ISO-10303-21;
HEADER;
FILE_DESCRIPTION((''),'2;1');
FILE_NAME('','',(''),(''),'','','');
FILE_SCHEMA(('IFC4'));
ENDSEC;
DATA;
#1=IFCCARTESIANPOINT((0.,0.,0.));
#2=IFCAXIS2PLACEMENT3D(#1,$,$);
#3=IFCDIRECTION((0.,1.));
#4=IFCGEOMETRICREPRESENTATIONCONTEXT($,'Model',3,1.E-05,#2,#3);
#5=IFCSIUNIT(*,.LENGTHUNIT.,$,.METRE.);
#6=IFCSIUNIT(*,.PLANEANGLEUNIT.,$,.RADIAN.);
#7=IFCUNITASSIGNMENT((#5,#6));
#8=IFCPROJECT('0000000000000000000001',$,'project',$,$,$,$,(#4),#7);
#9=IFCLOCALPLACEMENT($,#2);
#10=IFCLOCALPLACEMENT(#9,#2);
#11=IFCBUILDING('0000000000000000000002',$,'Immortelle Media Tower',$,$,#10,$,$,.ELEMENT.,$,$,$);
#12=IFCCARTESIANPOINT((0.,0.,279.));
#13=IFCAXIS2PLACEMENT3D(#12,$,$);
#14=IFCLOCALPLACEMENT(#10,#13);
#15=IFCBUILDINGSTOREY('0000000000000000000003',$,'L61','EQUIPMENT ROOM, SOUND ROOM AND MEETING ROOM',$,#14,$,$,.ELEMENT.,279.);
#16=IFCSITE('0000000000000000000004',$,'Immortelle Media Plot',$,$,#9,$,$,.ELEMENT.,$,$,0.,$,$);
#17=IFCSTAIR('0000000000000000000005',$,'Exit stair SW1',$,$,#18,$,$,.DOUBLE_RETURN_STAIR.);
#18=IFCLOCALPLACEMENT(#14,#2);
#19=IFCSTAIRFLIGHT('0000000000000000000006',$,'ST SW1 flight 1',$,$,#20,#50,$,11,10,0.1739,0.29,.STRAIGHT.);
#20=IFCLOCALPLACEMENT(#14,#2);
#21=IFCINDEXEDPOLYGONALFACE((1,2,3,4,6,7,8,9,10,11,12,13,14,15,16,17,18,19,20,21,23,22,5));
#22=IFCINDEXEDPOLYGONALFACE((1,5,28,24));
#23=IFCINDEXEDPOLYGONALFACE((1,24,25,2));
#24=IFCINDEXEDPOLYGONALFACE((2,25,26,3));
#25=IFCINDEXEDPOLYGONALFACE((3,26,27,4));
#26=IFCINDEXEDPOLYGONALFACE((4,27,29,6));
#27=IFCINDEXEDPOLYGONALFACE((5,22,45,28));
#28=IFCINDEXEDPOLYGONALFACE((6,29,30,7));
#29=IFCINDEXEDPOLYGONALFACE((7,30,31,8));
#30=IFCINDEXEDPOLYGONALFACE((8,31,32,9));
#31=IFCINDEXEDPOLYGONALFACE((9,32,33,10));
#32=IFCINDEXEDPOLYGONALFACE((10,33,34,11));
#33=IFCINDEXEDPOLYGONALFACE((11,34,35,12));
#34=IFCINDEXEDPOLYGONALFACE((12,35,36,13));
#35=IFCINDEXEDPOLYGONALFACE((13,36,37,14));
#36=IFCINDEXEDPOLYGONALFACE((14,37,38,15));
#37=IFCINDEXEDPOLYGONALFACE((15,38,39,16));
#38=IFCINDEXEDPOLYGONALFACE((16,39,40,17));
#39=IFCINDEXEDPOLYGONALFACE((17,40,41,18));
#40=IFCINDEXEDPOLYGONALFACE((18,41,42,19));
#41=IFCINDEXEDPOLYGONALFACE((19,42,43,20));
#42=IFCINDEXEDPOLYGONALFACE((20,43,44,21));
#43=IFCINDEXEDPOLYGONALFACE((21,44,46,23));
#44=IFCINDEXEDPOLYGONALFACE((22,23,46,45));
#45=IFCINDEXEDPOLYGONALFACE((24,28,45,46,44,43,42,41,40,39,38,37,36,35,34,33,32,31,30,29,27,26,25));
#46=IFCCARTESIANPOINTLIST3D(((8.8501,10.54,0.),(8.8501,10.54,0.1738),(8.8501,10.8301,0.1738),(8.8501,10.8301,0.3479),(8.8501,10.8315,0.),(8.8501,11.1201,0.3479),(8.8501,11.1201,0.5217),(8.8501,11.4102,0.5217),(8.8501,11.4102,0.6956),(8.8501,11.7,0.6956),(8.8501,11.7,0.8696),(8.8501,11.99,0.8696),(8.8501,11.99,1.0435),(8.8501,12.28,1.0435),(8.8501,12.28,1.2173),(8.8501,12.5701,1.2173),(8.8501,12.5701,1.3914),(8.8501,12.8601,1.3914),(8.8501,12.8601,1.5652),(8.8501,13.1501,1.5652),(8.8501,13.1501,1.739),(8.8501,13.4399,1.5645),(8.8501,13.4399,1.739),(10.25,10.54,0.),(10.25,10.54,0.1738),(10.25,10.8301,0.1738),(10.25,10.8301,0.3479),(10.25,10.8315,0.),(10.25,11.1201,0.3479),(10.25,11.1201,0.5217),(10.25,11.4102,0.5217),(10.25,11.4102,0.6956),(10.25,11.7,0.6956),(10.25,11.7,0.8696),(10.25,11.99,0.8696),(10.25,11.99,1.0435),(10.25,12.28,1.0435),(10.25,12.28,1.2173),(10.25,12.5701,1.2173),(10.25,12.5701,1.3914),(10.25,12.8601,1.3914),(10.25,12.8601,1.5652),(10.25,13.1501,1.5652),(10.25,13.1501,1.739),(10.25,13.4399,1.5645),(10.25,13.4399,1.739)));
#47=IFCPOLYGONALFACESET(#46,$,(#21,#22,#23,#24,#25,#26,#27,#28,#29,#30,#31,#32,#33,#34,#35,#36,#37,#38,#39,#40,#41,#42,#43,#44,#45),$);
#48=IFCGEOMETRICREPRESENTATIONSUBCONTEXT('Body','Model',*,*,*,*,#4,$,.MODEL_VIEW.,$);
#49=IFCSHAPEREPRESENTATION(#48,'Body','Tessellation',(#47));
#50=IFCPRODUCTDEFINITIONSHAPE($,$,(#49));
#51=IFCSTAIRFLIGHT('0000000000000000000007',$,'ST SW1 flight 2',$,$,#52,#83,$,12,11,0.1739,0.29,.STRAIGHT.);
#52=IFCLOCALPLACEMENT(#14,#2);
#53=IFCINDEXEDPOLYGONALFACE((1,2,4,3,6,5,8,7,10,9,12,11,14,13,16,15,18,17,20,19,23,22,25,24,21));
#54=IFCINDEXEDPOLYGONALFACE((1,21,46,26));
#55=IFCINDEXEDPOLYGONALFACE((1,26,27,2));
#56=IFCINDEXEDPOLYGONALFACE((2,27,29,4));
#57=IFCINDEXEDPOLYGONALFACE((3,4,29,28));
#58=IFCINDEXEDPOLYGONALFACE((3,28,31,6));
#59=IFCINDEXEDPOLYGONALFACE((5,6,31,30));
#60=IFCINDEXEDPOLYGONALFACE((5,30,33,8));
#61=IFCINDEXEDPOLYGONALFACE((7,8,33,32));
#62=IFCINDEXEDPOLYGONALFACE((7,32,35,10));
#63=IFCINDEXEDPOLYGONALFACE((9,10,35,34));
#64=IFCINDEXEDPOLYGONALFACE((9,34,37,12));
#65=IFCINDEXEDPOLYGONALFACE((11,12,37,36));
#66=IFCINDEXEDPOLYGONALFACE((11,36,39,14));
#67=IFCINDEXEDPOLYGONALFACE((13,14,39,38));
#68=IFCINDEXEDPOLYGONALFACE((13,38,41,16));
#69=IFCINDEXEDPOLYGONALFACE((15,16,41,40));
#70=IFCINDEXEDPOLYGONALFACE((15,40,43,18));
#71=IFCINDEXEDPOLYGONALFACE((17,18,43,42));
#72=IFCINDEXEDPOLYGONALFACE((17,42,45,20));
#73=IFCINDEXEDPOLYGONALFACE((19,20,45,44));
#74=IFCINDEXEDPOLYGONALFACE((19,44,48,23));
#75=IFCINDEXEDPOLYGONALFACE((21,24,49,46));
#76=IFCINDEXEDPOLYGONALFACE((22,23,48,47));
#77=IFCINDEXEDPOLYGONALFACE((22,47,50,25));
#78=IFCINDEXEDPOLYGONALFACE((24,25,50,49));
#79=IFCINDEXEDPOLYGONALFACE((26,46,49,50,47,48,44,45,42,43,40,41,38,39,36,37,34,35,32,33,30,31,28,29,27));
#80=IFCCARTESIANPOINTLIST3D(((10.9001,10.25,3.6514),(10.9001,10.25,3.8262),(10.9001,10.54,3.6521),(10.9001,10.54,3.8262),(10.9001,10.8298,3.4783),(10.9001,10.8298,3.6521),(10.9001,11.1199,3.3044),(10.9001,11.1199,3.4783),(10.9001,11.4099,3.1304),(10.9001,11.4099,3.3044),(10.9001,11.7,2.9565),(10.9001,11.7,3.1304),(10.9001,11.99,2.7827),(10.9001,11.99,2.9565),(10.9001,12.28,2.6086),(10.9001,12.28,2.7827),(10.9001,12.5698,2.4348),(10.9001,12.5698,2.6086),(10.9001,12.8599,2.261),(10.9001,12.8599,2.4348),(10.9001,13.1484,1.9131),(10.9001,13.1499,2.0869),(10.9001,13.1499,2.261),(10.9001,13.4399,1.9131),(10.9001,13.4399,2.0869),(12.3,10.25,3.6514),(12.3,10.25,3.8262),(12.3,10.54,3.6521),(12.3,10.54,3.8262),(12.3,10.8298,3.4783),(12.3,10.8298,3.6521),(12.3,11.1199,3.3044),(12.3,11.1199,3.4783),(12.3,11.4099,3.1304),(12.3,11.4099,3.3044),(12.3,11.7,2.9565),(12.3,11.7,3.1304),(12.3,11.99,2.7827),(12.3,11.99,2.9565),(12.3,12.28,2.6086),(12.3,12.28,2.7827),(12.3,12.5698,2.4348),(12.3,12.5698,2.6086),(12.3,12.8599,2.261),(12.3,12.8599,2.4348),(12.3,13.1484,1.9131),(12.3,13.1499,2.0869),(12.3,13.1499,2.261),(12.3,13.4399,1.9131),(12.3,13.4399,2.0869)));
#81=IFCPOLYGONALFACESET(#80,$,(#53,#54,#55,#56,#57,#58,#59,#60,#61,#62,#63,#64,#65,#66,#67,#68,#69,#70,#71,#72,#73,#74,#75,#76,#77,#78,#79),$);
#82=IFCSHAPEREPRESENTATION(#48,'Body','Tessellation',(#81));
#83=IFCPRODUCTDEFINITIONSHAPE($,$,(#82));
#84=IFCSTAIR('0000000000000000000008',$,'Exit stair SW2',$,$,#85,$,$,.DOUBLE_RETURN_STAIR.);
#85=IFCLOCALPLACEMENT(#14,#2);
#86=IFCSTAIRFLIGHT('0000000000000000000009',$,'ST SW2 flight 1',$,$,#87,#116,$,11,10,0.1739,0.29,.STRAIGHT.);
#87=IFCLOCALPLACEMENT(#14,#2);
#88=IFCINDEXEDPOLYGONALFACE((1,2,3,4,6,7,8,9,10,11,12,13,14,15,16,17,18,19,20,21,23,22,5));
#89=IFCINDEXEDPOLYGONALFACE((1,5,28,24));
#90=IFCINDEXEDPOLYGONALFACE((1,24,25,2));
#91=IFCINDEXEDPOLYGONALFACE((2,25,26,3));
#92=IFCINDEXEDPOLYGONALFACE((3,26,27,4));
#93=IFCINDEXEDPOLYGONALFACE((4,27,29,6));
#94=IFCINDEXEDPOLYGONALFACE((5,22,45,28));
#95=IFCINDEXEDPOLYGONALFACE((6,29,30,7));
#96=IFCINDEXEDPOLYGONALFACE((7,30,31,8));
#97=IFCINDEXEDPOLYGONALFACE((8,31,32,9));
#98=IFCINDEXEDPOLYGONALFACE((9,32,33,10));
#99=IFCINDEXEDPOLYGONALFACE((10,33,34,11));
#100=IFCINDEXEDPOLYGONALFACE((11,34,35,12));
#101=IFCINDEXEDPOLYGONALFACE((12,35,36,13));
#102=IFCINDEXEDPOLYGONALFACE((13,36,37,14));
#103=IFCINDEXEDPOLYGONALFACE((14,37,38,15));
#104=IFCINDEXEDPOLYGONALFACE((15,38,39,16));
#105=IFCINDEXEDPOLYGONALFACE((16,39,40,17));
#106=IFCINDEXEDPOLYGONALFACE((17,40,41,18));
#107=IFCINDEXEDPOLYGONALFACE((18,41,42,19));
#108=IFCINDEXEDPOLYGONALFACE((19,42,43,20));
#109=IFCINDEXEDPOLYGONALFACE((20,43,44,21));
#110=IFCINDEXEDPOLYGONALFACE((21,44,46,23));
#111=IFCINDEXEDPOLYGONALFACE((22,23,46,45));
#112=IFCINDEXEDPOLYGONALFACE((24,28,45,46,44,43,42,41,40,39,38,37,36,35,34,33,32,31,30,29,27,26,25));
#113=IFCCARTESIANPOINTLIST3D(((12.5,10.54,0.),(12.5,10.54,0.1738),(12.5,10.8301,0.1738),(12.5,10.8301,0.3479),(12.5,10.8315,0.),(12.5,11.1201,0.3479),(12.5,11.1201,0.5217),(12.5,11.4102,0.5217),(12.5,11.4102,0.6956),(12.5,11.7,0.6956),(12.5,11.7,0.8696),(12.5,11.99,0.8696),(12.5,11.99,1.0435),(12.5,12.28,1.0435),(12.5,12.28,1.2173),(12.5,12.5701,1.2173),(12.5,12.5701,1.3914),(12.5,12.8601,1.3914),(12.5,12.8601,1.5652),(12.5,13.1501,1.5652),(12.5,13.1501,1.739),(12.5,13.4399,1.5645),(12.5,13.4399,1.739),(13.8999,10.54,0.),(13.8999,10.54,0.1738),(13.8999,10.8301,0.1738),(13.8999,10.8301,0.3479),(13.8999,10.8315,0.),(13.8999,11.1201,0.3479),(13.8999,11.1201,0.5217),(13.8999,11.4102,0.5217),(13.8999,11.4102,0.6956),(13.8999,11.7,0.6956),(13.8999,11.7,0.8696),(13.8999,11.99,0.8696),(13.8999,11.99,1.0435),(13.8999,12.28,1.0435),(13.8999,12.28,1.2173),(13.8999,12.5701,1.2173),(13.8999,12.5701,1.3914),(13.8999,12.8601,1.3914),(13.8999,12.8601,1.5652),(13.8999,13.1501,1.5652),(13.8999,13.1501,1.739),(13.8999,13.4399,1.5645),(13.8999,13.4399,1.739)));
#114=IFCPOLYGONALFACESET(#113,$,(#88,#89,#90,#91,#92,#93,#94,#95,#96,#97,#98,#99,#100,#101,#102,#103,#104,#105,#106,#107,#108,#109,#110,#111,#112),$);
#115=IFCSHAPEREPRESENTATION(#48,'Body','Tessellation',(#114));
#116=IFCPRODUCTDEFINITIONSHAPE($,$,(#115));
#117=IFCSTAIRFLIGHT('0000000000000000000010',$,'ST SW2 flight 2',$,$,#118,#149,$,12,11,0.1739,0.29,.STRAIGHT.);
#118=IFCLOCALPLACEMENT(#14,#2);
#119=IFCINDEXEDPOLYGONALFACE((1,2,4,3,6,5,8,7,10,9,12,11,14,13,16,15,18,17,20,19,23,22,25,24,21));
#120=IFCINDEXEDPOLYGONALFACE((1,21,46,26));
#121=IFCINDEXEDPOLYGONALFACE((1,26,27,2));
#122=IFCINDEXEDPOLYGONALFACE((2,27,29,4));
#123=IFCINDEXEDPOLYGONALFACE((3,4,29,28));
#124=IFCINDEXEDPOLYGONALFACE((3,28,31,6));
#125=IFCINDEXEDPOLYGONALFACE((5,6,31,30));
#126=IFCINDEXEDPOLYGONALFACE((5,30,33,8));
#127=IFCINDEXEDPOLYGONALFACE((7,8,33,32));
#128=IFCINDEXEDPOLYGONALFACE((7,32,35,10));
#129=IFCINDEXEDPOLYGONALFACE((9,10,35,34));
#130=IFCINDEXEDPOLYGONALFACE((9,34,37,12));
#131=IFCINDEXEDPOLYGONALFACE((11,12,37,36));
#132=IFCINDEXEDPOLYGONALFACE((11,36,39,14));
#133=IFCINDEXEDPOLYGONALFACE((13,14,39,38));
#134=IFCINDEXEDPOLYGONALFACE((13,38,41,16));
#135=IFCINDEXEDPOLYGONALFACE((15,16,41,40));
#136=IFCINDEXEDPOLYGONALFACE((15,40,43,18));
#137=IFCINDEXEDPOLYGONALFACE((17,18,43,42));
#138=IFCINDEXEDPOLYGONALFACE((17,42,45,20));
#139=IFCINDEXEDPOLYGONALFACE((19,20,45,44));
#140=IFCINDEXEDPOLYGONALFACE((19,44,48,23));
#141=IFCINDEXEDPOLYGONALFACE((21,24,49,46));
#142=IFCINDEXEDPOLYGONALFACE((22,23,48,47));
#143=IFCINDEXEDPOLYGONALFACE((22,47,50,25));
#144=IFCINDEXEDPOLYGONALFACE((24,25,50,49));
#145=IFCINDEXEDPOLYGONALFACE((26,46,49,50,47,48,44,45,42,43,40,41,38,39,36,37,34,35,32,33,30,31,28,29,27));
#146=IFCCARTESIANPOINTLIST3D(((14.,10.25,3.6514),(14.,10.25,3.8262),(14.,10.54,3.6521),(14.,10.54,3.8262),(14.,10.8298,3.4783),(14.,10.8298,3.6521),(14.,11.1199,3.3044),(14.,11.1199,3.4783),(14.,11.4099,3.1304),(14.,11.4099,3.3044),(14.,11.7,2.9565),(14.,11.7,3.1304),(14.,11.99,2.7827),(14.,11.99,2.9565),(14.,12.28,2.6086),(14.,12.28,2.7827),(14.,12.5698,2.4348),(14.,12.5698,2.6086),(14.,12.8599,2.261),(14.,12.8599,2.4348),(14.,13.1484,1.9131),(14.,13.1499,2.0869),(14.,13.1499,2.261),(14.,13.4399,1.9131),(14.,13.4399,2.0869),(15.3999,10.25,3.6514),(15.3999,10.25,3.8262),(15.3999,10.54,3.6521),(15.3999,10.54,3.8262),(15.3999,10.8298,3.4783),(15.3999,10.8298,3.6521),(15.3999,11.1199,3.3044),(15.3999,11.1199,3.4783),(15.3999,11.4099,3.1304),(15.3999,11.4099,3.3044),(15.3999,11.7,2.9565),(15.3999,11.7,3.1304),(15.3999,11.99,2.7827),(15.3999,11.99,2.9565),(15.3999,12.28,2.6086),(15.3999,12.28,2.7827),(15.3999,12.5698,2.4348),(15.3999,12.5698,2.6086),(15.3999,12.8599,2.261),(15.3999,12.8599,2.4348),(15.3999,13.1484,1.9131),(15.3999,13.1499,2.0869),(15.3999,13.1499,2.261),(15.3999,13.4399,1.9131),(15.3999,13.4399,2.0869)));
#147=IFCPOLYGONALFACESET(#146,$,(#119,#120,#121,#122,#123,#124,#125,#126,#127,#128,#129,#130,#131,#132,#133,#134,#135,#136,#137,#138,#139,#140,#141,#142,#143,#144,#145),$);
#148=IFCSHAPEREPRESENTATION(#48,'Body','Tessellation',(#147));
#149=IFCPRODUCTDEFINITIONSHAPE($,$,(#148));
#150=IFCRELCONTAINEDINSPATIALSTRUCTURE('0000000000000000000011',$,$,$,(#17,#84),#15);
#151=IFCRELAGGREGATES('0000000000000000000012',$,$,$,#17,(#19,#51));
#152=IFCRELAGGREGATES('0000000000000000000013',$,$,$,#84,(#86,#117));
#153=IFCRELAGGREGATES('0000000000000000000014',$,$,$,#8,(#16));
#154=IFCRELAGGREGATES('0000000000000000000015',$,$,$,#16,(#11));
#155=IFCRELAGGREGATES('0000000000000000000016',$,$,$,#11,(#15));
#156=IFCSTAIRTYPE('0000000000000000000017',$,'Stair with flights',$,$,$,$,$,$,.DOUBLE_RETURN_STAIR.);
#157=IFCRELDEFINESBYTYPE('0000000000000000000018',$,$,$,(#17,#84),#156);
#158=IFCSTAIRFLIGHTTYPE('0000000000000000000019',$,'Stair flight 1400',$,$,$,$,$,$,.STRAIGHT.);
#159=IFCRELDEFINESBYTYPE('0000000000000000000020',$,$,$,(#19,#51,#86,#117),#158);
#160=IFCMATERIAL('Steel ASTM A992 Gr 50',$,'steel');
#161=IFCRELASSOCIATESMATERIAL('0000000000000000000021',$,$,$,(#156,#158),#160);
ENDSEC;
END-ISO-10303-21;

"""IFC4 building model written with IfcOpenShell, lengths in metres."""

from ifc_helpers import new_model, si_unit, direction, frame, origin, place, context, subcontext, project, spatial, polyline, outline, extrude, material, type_object, element, aggregate, save


model = new_model("IFC4")

# Units and contexts
model_context = context("Model", 3, precision=1e-05, world=origin(), true_north=direction((0.0, 1.0)))
body_context = subcontext(model_context, "Body", "Model", "MODEL_VIEW")
ifc_project = project(units=[si_unit("LENGTHUNIT", "METRE"), si_unit("PLANEANGLEUNIT", "RADIAN")], contexts=[model_context])

# Site, building, storey
site_placement = place(None, origin())
site = spatial("IfcSite", under=ifc_project, at=site_placement, Name="Immortelle Media Plot", CompositionType="ELEMENT", RefElevation=0.0)
building_placement = place(site_placement, origin())
building = spatial("IfcBuilding", under=site, at=building_placement, Name="Immortelle Media Tower", CompositionType="ELEMENT")
storey_placement = place(building_placement, frame((0.0, 0.0, 279.0)))
storey = spatial("IfcBuildingStorey", under=building, at=storey_placement, Name="L61", Description="EQUIPMENT ROOM, SOUND ROOM AND MEETING ROOM", CompositionType="ELEMENT", Elevation=279.0)

# Shared definitions
ifc_material_1 = material(Name="Steel ASTM A992 Gr 50", Category="steel")

# Stairs, stair flights
stair_type = type_object("IfcStairType", Name="Stair with flights", PredefinedType="DOUBLE_RETURN_STAIR", material=ifc_material_1)
stair_1_placement = place(storey_placement, origin())
stair_1 = element("IfcStair", 1, at=stair_1_placement, inside=storey, type_object=stair_type, Name="Exit stair SW1", PredefinedType="DOUBLE_RETURN_STAIR")
stair_flight_type = type_object("IfcStairFlightType", Name="Stair flight 1400", PredefinedType="STRAIGHT", material=ifc_material_1)
stair_flight_1_placement = place(storey_placement, frame((9.55, 10.54, 0.0), z_axis=(0.0, 0.0, 1.0), x_axis=(0.0, 1.0, 0.0)))
stair_flight_1 = element("IfcStairFlight", 2, at=stair_flight_1_placement, type_object=stair_flight_type, Name="ST SW1 flight 1", NumberOfRisers=11, NumberOfTreads=10, PredefinedType="STRAIGHT", RiserHeight=0.1739, TreadLength=0.29, context=body_context, shape_type="SweptSolid", body=[
    extrude(outline(polyline([(0.0, 0.0), (0.0, 0.1738), (0.29, 0.1738), (0.29, 0.3479), (0.5801, 0.3479), (0.5801, 0.5217), (0.8701, 0.5217), (0.8701, 0.6956), (1.1599, 0.6956), (1.1599, 0.8696), (1.45, 0.8696), (1.45, 1.0435), (1.74, 1.0435), (1.74, 1.2173), (2.03, 1.2173), (2.03, 1.3914), (2.3201, 1.3914), (2.3201, 1.5652), (2.6101, 1.5652), (2.6101, 1.739), (2.8999, 1.739), (2.8999, 1.9131), (2.8999, 1.5645), (0.2915, 0.0), (0.0, 0.0)])), frame((0.0, 0.7, 0.0), z_axis=(0.0, -1.0, 0.0), x_axis=(1.0, 0.0, 0.0)), (0.0, 0.0, 1.0), 1.3999),
])
stair_flight_2_placement = place(storey_placement, frame((11.6001, 13.4399, 1.9131), z_axis=(0.0, 0.0, 1.0), x_axis=(0.0, -1.0, 0.0)))
stair_flight_2 = element("IfcStairFlight", 3, at=stair_flight_2_placement, type_object=stair_flight_type, Name="ST SW1 flight 2", NumberOfRisers=12, NumberOfTreads=11, PredefinedType="STRAIGHT", RiserHeight=0.1739, TreadLength=0.29, context=body_context, shape_type="SweptSolid", body=[
    extrude(outline(polyline([(0.0, 0.0), (0.0, 0.1738), (0.29, 0.1738), (0.29, 0.3479), (0.5801, 0.3479), (0.5801, 0.5217), (0.8701, 0.5217), (0.8701, 0.6956), (1.1599, 0.6956), (1.1599, 0.8696), (1.45, 0.8696), (1.45, 1.0435), (1.74, 1.0435), (1.74, 1.2173), (2.03, 1.2173), (2.03, 1.3914), (2.3201, 1.3914), (2.3201, 1.5652), (2.6101, 1.5652), (2.6101, 1.739), (2.8999, 1.739), (2.8999, 1.9131), (3.1899, 1.9131), (3.1899, 2.0869), (3.1899, 1.7383), (0.2915, 0.0), (0.0, 0.0)])), frame((0.0, 0.7, 0.0), z_axis=(0.0, -1.0, 0.0), x_axis=(1.0, 0.0, 0.0)), (0.0, 0.0, 1.0), 1.3999),
])
aggregate(stair_1, [stair_flight_1, stair_flight_2])
stair_2_placement = place(storey_placement, origin())
stair_2 = element("IfcStair", 4, at=stair_2_placement, inside=storey, type_object=stair_type, Name="Exit stair SW2", PredefinedType="DOUBLE_RETURN_STAIR")
stair_flight_3_placement = place(storey_placement, frame((13.2, 10.54, 0.0), z_axis=(0.0, 0.0, 1.0), x_axis=(0.0, 1.0, 0.0)))
stair_flight_3 = element("IfcStairFlight", 5, at=stair_flight_3_placement, type_object=stair_flight_type, Name="ST SW2 flight 1", NumberOfRisers=11, NumberOfTreads=10, PredefinedType="STRAIGHT", RiserHeight=0.1739, TreadLength=0.29, context=body_context, shape_type="SweptSolid", body=[
    extrude(outline(polyline([(0.0, 0.0), (0.0, 0.1738), (0.29, 0.1738), (0.29, 0.3479), (0.5801, 0.3479), (0.5801, 0.5217), (0.8701, 0.5217), (0.8701, 0.6956), (1.1599, 0.6956), (1.1599, 0.8696), (1.45, 0.8696), (1.45, 1.0435), (1.74, 1.0435), (1.74, 1.2173), (2.03, 1.2173), (2.03, 1.3914), (2.3201, 1.3914), (2.3201, 1.5652), (2.6101, 1.5652), (2.6101, 1.739), (2.8999, 1.739), (2.8999, 1.9131), (2.8999, 1.5645), (0.2915, 0.0), (0.0, 0.0)])), frame((0.0, 0.7, 0.0), z_axis=(0.0, -1.0, 0.0), x_axis=(1.0, 0.0, 0.0)), (0.0, 0.0, 1.0), 1.3999),
])
stair_flight_4_placement = place(storey_placement, frame((14.7, 13.4399, 1.9131), z_axis=(0.0, 0.0, 1.0), x_axis=(0.0, -1.0, 0.0)))
stair_flight_4 = element("IfcStairFlight", 6, at=stair_flight_4_placement, type_object=stair_flight_type, Name="ST SW2 flight 2", NumberOfRisers=12, NumberOfTreads=11, PredefinedType="STRAIGHT", RiserHeight=0.1739, TreadLength=0.29, context=body_context, shape_type="SweptSolid", body=[
    extrude(outline(polyline([(0.0, 0.0), (0.0, 0.1738), (0.29, 0.1738), (0.29, 0.3479), (0.5801, 0.3479), (0.5801, 0.5217), (0.8701, 0.5217), (0.8701, 0.6956), (1.1599, 0.6956), (1.1599, 0.8696), (1.45, 0.8696), (1.45, 1.0435), (1.74, 1.0435), (1.74, 1.2173), (2.03, 1.2173), (2.03, 1.3914), (2.3201, 1.3914), (2.3201, 1.5652), (2.6101, 1.5652), (2.6101, 1.739), (2.8999, 1.739), (2.8999, 1.9131), (3.1899, 1.9131), (3.1899, 2.0869), (3.1899, 1.7383), (0.2915, 0.0), (0.0, 0.0)])), frame((0.0, 0.7, 0.0), z_axis=(0.0, -1.0, 0.0), x_axis=(1.0, 0.0, 0.0)), (0.0, 0.0, 1.0), 1.3999),
])
aggregate(stair_2, [stair_flight_3, stair_flight_4])

save(model, "model.ifc")
